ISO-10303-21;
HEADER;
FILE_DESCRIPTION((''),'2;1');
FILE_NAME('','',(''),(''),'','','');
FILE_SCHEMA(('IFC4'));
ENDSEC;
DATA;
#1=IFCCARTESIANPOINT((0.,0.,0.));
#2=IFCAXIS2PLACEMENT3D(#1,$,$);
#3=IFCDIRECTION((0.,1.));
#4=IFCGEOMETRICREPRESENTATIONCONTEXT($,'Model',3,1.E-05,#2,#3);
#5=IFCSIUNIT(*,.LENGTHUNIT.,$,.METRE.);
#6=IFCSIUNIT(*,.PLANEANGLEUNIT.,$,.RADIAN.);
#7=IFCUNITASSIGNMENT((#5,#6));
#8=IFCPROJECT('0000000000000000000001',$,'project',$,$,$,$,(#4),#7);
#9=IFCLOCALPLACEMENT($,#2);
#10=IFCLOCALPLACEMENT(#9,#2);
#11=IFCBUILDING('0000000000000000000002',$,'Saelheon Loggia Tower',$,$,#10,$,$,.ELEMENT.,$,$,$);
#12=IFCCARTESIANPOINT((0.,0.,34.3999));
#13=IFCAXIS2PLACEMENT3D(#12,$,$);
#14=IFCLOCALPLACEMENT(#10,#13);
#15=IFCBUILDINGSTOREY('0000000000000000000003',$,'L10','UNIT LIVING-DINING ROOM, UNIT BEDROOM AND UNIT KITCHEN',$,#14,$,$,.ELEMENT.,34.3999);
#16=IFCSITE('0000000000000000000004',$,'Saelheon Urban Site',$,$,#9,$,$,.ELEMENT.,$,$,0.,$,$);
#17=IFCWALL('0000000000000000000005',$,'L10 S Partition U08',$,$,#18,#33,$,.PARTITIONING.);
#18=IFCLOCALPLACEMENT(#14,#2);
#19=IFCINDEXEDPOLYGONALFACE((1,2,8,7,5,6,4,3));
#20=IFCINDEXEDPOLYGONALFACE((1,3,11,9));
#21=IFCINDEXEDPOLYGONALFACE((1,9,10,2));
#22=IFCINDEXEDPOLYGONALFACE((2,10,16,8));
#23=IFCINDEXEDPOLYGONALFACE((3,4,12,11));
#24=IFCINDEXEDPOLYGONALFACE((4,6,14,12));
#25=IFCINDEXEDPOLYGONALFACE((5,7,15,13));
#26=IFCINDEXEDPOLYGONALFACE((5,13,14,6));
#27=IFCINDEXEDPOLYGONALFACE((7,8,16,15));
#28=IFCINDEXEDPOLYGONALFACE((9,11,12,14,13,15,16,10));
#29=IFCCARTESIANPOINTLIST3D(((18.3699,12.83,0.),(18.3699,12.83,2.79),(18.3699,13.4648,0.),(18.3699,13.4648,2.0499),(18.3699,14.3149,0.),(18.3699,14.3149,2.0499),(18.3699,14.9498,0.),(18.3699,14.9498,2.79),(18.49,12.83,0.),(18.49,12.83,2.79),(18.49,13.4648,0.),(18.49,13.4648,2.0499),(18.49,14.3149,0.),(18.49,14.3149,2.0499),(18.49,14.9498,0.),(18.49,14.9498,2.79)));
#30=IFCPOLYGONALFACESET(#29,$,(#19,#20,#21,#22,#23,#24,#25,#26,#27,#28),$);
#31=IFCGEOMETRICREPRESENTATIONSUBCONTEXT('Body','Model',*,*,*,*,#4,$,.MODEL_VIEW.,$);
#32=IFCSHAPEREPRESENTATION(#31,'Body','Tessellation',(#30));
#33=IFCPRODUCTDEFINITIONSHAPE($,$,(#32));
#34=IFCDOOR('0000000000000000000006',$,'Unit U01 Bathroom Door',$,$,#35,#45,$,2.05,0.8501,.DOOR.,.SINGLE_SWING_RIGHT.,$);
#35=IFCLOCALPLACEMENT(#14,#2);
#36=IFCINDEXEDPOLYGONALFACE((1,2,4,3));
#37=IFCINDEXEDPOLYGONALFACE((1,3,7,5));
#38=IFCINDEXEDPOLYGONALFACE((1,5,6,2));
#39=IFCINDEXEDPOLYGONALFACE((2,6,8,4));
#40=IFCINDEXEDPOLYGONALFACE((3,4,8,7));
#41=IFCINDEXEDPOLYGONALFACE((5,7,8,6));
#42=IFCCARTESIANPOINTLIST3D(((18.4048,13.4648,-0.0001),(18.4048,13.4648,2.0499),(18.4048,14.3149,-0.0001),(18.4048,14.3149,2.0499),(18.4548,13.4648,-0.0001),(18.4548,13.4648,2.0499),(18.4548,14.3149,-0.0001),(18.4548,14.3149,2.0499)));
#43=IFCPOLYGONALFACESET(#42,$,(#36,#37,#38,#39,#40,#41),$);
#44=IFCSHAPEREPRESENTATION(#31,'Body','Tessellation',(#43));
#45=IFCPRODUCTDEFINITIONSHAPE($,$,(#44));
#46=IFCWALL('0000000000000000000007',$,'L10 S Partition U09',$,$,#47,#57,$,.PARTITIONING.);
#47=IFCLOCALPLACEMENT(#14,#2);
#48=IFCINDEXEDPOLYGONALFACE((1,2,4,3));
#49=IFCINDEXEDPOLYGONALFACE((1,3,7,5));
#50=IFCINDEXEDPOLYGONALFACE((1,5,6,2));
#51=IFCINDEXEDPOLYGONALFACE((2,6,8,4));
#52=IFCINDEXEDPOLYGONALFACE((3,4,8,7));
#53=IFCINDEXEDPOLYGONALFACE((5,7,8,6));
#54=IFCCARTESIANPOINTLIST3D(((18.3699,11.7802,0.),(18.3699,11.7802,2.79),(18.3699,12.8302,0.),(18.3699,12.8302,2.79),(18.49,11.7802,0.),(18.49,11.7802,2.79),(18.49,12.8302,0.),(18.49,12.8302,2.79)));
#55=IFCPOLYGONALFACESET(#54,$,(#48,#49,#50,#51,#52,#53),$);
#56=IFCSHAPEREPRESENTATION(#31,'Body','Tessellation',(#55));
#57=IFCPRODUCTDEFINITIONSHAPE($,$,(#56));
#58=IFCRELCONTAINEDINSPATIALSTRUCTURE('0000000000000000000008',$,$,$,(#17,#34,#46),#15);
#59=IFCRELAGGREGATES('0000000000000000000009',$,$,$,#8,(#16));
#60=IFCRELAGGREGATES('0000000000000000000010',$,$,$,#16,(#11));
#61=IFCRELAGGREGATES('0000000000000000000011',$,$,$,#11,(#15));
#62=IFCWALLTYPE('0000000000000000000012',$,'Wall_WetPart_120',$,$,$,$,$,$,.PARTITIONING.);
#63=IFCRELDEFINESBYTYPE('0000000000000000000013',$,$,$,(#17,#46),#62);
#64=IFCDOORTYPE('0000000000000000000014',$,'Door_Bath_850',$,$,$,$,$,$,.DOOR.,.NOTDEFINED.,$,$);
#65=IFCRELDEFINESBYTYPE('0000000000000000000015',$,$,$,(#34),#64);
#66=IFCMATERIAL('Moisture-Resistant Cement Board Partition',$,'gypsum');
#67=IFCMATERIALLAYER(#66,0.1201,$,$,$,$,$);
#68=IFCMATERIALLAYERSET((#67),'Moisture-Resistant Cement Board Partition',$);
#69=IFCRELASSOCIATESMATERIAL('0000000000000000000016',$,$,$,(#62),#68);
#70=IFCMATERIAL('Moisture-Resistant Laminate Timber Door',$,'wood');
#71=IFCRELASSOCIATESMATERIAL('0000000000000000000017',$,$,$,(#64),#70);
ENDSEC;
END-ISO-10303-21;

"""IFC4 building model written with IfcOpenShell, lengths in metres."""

from ifc_helpers import new_model, si_unit, direction, frame, frame_2d, origin, place, context, subcontext, project, spatial, rectangle, extrude, source, transform, mapped, material, layer, layer_set, type_object, element, fill, save


model = new_model("IFC4")

# Units and contexts
model_context = context("Model", 3, precision=1e-05, world=origin(), true_north=direction((0.0, 1.0)))
body_context = subcontext(model_context, "Body", "Model", "MODEL_VIEW")
ifc_project = project(units=[si_unit("LENGTHUNIT", "METRE"), si_unit("PLANEANGLEUNIT", "RADIAN")], contexts=[model_context])

# Site, building, storey
site_placement = place(None, origin())
site = spatial("IfcSite", under=ifc_project, at=site_placement, Name="Saelheon Urban Site", CompositionType="ELEMENT", RefElevation=0.0)
building_placement = place(site_placement, origin())
building = spatial("IfcBuilding", under=site, at=building_placement, Name="Saelheon Loggia Tower", CompositionType="ELEMENT")
storey_placement = place(building_placement, frame((0.0, 0.0, 34.3999)))
storey = spatial("IfcBuildingStorey", under=building, at=storey_placement, Name="L10", Description="UNIT LIVING-DINING ROOM, UNIT BEDROOM AND UNIT KITCHEN", CompositionType="ELEMENT", Elevation=34.3999)

# Shared definitions
ifc_material_1 = material(Name="Moisture-Resistant Cement Board Partition", Category="gypsum")
ifc_layer_1 = layer(ifc_material_1, 0.1201)
ifc_layer_set_1 = layer_set([ifc_layer_1], Name="Moisture-Resistant Cement Board Partition")
wall_type_1 = type_object("IfcWallType", Name="Wall_WetPart_120", PredefinedType="PARTITIONING", material=ifc_layer_set_1)

# Wall, opening, door
wall_1_placement = place(storey_placement, frame((18.4299, 14.95, 0.0), z_axis=(0.0, 0.0, 1.0), x_axis=(0.0, -1.0, 0.0)))
wall_1 = element("IfcWall", 1, at=wall_1_placement, inside=storey, type_object=wall_type_1, Name="L10 S Partition U08", PredefinedType="PARTITIONING", context=body_context, shape_type="SweptSolid", body=[
    extrude(rectangle(XDim=2.1199, YDim=0.1201, at=frame_2d((1.0601, 0.0))), origin(), (0.0, 0.0, 1.0), 2.79),
])
opening_1_placement = place(wall_1_placement, frame((0.635, 0.0, 0.0)))
opening_1 = element("IfcOpeningElement", 2, at=opening_1_placement, cuts=wall_1, PredefinedType="OPENING", context=body_context, shape_type="SweptSolid", body=[
    extrude(rectangle(XDim=0.8501, YDim=2.05, at=frame_2d((0.425, 1.0249))), frame((0.0, 0.072, 0.0), z_axis=(0.0, -1.0, 0.0), x_axis=(1.0, 0.0, 0.0)), (0.0, 0.0, 1.0), 0.144),
])
ifc_material_2 = material(Name="Moisture-Resistant Laminate Timber Door", Category="wood")
door_type_1 = type_object("IfcDoorType", Name="Door_Bath_850", OperationType="NOTDEFINED", PredefinedType="DOOR", material=ifc_material_2)
shared_shape_1 = source(origin(), body_context, "Body", "SweptSolid", [
    extrude(rectangle(XDim=0.8501, YDim=2.05, at=frame_2d((0.425, 1.0249))), frame((0.0, 0.0249, 0.0), z_axis=(0.0, -1.0, 0.0), x_axis=(1.0, 0.0, 0.0)), (0.0, 0.0, 1.0), 0.05),
])
door_1_placement = place(opening_1_placement, origin())
door_1 = element("IfcDoor", 3, at=door_1_placement, inside=storey, type_object=door_type_1, Name="Unit U01 Bathroom Door", OperationType="SINGLE_SWING_RIGHT", OverallHeight=2.05, OverallWidth=0.8501, PredefinedType="DOOR", context=body_context, shape_type="MappedRepresentation", body=[
    mapped(shared_shape_1, transform((0.0, 0.0, 0.0), scale=1.0)),
])
fill(opening_1, door_1)

# Wall
wall_2_placement = place(storey_placement, frame((18.4299, 12.8301, 0.0), z_axis=(0.0, 0.0, 1.0), x_axis=(0.0, -1.0, 0.0)))
element("IfcWall", 4, at=wall_2_placement, inside=storey, type_object=wall_type_1, Name="L10 S Partition U09", PredefinedType="PARTITIONING", context=body_context, shape_type="SweptSolid", body=[
    extrude(rectangle(XDim=1.05, YDim=0.1201, at=frame_2d((0.5249, 0.0))), origin(), (0.0, 0.0, 1.0), 2.79),
])

save(model, "model.ifc")
